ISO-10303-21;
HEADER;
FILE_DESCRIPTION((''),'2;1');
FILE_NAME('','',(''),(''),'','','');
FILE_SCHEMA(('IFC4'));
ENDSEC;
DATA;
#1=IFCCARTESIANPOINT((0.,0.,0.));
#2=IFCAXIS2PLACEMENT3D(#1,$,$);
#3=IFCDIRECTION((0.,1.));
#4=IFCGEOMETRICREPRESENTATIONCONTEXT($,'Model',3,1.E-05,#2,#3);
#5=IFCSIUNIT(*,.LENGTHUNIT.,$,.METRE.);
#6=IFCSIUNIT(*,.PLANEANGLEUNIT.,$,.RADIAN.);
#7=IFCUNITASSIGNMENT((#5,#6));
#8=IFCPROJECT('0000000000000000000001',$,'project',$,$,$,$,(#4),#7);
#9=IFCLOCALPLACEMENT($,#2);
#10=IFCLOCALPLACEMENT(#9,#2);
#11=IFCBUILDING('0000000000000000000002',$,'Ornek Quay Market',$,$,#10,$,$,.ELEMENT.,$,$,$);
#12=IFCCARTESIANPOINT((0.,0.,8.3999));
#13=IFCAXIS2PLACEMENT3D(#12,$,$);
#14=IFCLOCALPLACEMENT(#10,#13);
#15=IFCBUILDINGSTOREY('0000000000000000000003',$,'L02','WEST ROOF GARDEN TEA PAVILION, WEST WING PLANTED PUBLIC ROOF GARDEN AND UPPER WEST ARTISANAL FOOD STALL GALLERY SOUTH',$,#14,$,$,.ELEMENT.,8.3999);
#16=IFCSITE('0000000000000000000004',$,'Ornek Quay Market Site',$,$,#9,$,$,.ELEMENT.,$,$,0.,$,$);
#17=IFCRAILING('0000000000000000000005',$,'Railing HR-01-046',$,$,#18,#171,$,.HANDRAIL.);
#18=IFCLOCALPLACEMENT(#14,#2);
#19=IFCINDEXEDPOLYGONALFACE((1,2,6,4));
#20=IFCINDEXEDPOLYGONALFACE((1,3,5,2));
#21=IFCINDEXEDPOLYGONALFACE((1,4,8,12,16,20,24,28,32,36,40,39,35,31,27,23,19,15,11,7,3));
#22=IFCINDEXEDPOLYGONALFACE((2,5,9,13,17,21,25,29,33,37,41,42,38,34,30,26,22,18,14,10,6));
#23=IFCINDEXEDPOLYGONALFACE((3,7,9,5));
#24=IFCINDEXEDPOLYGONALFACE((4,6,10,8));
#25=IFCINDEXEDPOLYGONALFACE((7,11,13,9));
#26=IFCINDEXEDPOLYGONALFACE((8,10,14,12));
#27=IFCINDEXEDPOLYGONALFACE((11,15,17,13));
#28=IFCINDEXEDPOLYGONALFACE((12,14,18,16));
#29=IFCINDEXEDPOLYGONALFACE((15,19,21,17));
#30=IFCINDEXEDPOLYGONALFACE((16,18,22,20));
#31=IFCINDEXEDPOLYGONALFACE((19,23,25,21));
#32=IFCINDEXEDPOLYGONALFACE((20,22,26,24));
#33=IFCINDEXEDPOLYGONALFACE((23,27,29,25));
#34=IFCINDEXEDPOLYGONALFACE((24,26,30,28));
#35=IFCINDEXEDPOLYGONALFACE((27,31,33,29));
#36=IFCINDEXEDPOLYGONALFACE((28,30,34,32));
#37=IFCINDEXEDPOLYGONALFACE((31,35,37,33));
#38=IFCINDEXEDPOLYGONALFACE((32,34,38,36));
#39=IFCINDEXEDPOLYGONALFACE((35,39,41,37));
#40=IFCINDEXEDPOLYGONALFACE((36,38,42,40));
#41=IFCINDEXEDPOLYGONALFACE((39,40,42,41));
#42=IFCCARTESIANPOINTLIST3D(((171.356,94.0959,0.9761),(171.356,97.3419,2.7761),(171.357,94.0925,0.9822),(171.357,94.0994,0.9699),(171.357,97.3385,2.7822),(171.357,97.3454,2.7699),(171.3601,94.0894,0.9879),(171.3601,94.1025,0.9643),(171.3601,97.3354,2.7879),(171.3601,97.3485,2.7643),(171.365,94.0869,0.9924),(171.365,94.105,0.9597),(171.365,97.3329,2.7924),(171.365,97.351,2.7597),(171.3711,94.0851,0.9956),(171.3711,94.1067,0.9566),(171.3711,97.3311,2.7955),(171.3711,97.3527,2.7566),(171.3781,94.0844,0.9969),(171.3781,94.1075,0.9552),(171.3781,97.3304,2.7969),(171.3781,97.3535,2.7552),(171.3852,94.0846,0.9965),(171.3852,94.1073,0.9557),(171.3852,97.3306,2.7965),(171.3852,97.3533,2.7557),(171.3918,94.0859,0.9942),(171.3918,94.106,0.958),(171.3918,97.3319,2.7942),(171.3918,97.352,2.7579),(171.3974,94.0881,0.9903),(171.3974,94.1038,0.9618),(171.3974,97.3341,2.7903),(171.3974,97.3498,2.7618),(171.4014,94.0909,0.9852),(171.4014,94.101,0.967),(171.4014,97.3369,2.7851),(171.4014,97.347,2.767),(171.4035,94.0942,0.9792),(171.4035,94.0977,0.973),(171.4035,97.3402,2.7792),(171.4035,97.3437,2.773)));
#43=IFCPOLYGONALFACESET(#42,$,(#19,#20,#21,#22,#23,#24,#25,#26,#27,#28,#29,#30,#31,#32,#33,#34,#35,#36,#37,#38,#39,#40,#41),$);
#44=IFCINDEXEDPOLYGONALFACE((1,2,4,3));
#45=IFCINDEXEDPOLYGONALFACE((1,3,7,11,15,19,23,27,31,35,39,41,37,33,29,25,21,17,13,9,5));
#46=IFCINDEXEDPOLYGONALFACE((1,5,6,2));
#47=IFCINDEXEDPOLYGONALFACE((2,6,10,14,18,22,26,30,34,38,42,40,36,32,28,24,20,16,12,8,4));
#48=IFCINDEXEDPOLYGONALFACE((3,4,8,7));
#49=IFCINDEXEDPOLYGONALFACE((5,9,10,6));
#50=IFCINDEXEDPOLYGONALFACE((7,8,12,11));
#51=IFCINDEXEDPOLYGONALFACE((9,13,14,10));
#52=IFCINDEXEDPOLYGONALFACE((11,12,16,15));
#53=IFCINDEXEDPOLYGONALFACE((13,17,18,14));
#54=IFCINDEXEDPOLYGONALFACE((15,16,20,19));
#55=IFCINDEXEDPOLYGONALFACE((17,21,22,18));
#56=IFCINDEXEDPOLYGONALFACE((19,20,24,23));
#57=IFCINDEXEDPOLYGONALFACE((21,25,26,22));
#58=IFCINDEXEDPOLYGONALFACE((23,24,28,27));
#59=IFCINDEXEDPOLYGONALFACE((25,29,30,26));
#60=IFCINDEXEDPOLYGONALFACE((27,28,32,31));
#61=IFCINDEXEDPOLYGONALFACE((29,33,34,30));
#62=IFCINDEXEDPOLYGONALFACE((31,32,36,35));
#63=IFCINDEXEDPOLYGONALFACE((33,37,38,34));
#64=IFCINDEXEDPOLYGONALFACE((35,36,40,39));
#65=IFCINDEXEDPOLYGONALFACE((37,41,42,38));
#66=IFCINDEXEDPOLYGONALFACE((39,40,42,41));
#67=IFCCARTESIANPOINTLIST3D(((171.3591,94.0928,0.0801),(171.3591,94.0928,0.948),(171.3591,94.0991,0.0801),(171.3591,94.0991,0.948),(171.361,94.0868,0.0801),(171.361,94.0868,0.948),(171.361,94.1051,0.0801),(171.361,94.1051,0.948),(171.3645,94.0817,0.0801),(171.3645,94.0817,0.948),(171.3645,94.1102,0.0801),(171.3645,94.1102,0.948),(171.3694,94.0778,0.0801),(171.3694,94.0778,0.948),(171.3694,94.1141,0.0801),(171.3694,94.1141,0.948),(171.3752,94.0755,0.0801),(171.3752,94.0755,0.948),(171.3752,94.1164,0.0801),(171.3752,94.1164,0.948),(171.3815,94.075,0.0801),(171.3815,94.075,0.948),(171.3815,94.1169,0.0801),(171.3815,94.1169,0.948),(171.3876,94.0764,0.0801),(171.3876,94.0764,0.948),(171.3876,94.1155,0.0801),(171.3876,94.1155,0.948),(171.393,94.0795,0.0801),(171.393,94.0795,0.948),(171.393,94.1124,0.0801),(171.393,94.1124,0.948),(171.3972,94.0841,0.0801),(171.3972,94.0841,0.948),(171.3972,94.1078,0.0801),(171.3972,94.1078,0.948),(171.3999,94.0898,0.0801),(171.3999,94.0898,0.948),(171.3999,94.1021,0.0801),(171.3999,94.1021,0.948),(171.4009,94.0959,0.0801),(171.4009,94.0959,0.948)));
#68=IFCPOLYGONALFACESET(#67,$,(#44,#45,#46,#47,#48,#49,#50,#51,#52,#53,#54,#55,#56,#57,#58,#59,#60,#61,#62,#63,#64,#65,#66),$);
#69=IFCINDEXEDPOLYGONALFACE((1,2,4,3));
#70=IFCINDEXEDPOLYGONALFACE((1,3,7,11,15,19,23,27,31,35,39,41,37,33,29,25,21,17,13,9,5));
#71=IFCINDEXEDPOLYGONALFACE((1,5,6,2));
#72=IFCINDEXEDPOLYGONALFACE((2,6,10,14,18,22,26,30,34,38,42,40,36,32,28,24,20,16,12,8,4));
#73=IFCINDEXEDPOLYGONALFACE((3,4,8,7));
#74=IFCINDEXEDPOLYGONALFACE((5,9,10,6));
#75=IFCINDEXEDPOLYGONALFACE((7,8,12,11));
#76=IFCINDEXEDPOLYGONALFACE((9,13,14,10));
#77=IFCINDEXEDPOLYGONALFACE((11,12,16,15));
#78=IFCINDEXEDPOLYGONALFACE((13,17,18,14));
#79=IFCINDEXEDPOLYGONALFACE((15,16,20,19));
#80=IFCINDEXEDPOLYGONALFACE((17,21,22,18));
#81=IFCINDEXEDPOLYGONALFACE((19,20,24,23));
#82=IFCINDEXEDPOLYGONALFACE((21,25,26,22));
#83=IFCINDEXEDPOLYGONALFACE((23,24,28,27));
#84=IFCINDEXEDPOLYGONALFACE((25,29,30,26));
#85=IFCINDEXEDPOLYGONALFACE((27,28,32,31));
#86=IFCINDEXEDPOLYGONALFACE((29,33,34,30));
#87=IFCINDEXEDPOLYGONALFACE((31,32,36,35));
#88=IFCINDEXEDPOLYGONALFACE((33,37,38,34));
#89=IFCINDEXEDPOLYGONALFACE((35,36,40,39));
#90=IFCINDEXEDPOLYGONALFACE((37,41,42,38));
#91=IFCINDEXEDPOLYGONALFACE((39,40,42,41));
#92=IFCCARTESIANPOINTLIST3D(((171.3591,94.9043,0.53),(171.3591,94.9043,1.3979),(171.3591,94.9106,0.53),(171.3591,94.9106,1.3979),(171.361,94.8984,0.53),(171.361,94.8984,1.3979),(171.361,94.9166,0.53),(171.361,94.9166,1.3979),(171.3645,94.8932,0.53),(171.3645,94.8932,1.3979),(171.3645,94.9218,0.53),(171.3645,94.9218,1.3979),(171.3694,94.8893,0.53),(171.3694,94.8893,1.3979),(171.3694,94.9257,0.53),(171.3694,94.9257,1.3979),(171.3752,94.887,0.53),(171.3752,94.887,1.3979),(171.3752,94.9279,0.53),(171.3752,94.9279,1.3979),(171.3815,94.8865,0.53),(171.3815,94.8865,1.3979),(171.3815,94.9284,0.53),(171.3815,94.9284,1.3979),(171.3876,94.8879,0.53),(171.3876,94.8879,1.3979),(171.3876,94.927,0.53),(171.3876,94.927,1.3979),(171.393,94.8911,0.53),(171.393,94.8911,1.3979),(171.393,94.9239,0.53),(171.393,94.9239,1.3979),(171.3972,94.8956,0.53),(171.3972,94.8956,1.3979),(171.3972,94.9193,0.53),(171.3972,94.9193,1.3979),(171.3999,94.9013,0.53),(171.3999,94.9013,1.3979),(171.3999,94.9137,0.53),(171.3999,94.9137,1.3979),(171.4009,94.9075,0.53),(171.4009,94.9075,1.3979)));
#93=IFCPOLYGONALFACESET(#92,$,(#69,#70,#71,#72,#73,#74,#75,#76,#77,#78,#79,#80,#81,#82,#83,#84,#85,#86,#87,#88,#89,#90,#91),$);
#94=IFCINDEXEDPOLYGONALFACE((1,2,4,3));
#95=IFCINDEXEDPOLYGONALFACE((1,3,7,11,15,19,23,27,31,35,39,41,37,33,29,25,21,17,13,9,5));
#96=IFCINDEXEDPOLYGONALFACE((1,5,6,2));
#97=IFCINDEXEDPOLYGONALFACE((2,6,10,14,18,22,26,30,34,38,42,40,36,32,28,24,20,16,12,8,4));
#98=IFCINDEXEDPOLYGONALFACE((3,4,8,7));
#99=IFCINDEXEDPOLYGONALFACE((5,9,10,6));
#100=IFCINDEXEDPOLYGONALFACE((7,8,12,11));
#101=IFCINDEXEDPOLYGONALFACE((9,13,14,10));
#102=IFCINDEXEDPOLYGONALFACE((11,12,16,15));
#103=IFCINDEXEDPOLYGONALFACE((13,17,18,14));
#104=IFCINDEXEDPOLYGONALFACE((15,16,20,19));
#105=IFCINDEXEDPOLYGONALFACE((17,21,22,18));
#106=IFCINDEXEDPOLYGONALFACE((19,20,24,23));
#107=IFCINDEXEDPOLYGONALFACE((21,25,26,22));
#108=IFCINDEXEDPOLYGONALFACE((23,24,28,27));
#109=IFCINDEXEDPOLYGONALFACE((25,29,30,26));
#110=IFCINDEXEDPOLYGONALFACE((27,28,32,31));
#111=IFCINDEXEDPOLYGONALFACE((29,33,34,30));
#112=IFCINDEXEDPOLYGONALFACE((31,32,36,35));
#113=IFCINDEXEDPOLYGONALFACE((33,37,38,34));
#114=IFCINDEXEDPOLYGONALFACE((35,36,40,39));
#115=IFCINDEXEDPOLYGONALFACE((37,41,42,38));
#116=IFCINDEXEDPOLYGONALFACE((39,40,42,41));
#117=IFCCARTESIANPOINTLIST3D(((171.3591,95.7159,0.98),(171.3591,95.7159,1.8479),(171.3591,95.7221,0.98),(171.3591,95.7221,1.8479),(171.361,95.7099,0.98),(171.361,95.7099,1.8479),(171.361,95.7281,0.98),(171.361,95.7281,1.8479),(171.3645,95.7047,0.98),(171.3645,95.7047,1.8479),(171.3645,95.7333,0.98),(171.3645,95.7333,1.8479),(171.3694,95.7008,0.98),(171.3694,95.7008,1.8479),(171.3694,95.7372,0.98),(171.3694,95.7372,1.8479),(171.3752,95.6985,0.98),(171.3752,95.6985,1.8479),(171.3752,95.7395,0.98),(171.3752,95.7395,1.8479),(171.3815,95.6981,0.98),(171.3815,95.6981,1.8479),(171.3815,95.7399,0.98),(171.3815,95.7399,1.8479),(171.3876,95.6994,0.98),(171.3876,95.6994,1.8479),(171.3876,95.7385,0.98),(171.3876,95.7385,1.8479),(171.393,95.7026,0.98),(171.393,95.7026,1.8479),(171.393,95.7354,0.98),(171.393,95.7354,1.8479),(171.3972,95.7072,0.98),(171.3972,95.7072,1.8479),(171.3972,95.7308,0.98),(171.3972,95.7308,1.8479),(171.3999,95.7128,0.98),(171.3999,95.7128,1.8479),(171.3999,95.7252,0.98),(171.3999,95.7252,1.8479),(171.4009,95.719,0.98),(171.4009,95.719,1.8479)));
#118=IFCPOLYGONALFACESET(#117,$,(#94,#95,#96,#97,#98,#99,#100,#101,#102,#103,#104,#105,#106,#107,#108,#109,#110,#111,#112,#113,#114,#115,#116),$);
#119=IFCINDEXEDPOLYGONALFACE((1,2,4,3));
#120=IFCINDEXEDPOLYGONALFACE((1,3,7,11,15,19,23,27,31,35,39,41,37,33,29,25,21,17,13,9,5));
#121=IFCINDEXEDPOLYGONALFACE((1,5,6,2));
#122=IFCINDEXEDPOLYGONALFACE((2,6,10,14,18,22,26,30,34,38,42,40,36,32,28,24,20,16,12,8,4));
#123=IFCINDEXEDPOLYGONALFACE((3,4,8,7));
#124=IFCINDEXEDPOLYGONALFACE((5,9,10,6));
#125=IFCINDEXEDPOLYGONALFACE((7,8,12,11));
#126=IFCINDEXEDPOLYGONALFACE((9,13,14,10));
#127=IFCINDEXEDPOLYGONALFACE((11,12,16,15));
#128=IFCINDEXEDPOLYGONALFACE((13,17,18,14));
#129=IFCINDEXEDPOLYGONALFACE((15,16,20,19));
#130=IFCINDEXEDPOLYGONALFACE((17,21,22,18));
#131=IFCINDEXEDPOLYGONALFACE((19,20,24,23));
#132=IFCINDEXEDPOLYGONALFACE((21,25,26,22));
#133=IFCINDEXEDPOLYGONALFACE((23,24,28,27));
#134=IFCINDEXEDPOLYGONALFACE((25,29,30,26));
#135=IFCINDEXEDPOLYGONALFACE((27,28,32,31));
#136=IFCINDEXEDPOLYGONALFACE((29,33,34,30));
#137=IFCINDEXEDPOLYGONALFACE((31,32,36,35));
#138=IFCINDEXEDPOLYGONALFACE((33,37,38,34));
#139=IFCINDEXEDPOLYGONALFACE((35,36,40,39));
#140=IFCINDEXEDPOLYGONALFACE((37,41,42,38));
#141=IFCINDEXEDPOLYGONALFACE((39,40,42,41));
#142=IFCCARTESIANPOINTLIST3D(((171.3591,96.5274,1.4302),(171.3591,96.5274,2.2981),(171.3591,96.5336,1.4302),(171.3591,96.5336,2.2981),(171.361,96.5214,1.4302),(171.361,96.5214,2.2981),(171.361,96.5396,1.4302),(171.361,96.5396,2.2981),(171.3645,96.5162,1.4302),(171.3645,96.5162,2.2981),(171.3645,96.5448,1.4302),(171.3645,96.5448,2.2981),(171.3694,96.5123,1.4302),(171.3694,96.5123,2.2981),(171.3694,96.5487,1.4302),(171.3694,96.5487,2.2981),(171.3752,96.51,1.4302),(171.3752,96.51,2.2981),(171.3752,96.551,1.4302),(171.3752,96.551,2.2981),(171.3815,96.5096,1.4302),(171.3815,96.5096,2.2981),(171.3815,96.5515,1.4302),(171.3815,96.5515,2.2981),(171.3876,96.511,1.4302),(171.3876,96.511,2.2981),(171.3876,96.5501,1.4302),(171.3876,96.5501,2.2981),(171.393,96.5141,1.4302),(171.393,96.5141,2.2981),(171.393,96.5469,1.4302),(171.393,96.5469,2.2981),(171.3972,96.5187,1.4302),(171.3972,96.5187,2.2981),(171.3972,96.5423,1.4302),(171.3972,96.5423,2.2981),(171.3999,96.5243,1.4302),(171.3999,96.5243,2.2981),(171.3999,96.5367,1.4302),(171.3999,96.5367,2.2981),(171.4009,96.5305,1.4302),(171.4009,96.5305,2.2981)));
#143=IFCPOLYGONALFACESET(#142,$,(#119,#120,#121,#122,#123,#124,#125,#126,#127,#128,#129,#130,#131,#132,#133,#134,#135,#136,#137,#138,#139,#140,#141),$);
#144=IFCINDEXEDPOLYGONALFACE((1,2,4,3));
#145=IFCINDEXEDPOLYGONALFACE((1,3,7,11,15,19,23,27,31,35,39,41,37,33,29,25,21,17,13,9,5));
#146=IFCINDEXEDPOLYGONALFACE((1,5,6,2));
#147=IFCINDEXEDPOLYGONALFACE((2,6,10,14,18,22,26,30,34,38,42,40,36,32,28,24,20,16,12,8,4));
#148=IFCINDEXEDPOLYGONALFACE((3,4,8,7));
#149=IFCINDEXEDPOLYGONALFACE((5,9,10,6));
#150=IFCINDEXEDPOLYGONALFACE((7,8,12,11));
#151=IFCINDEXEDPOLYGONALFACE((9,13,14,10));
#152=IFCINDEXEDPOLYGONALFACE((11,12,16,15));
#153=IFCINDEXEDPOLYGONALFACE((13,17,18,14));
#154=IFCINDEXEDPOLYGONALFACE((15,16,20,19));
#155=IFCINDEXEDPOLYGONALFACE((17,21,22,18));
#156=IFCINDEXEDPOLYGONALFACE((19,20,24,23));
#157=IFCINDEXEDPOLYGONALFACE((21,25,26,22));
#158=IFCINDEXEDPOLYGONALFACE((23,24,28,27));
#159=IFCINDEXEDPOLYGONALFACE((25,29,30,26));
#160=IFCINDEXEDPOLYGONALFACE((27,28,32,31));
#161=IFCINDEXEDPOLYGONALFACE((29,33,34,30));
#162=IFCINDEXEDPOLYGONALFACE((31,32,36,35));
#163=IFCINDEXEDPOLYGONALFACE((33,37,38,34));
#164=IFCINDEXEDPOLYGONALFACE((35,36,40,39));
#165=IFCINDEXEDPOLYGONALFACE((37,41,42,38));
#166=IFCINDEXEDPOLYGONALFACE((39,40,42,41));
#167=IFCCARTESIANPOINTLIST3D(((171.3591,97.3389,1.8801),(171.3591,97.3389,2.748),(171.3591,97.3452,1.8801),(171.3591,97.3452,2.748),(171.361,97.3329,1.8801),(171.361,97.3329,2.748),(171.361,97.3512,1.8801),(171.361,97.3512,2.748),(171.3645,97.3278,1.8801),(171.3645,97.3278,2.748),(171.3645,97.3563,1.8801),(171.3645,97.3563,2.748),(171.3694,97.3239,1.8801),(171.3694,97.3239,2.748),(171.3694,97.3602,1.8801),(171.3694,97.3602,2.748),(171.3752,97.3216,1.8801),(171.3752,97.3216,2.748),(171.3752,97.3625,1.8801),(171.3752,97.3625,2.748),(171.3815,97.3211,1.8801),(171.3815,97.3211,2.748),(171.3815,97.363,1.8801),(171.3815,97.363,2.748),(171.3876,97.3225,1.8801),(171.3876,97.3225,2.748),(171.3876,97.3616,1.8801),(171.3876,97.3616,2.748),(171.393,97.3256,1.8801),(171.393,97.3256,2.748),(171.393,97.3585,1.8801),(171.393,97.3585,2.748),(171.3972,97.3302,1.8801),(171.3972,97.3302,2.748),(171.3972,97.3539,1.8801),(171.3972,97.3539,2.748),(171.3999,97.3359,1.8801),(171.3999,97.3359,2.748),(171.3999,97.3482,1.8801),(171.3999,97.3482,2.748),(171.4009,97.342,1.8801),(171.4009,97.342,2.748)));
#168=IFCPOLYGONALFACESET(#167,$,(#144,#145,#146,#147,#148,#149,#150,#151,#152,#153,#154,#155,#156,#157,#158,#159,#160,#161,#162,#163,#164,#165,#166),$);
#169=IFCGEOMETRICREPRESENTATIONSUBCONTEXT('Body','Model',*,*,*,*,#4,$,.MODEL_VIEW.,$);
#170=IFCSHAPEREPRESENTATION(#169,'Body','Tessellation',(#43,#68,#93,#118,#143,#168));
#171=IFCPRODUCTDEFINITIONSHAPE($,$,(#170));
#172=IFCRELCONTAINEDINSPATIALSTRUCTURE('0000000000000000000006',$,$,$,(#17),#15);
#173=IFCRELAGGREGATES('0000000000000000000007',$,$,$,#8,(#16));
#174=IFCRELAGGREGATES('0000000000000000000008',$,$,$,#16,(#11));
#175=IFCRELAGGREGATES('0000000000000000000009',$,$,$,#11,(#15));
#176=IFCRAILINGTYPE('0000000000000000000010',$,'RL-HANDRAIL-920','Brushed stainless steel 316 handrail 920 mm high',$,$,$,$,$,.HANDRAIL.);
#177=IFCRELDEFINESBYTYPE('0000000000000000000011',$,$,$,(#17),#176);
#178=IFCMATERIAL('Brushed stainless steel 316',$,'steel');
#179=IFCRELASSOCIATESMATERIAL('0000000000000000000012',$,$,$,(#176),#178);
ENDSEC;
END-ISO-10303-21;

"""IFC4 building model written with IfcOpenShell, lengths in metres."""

from ifc_helpers import new_model, si_unit, direction, frame, origin, origin_2d, place, context, subcontext, project, spatial, circle, extrude, material, type_object, element, save


model = new_model("IFC4")

# Units and contexts
model_context = context("Model", 3, precision=1e-05, world=origin(), true_north=direction((0.0, 1.0)))
body_context = subcontext(model_context, "Body", "Model", "MODEL_VIEW")
ifc_project = project(units=[si_unit("LENGTHUNIT", "METRE"), si_unit("PLANEANGLEUNIT", "RADIAN")], contexts=[model_context])

# Site, building, storey
site_placement = place(None, origin())
site = spatial("IfcSite", under=ifc_project, at=site_placement, Name="Ornek Quay Market Site", CompositionType="ELEMENT", RefElevation=0.0)
building_placement = place(site_placement, origin())
building = spatial("IfcBuilding", under=site, at=building_placement, Name="Ornek Quay Market", CompositionType="ELEMENT")
storey_placement = place(building_placement, frame((0.0, 0.0, 8.3999)))
storey = spatial("IfcBuildingStorey", under=building, at=storey_placement, Name="L02", Description="WEST ROOF GARDEN TEA PAVILION, WEST WING PLANTED PUBLIC ROOF GARDEN AND UPPER WEST ARTISANAL FOOD STALL GALLERY SOUTH", CompositionType="ELEMENT", Elevation=8.3999)

# Railing
ifc_material_1 = material(Name="Brushed stainless steel 316", Category="steel")
railing_type_1 = type_object("IfcRailingType", Name="RL-HANDRAIL-920", Description="Brushed stainless steel 316 handrail 920 mm high", PredefinedType="HANDRAIL", material=ifc_material_1)
railing_1_placement = place(storey_placement, frame((171.3799, 94.0959, 0.0801)))
element("IfcRailing", 1, at=railing_1_placement, inside=storey, type_object=railing_type_1, Name="Railing HR-01-046", PredefinedType="HANDRAIL", context=body_context, shape_type="SweptSolid", body=[
    extrude(circle(Radius=0.0239, at=origin_2d()), frame((0.0, 0.0, 0.896), z_axis=(0.0, 0.874539, 0.484956), x_axis=(-1.0, 0.0, 0.0)), (0.0, 0.0, 1.0), 3.7117),
    extrude(circle(Radius=0.021, at=origin_2d()), origin(), (0.0, 0.0, 1.0), 0.8679),
    extrude(circle(Radius=0.021, at=origin_2d()), frame((0.0, 0.8115, 0.45)), (0.0, 0.0, 1.0), 0.8679),
    extrude(circle(Radius=0.021, at=origin_2d()), frame((0.0, 1.623, 0.8999)), (0.0, 0.0, 1.0), 0.8679),
    extrude(circle(Radius=0.021, at=origin_2d()), frame((0.0, 2.4346, 1.3501)), (0.0, 0.0, 1.0), 0.8679),
    extrude(circle(Radius=0.021, at=origin_2d()), frame((0.0, 3.2461, 1.8)), (0.0, 0.0, 1.0), 0.8679),
])

save(model, "model.ifc")
